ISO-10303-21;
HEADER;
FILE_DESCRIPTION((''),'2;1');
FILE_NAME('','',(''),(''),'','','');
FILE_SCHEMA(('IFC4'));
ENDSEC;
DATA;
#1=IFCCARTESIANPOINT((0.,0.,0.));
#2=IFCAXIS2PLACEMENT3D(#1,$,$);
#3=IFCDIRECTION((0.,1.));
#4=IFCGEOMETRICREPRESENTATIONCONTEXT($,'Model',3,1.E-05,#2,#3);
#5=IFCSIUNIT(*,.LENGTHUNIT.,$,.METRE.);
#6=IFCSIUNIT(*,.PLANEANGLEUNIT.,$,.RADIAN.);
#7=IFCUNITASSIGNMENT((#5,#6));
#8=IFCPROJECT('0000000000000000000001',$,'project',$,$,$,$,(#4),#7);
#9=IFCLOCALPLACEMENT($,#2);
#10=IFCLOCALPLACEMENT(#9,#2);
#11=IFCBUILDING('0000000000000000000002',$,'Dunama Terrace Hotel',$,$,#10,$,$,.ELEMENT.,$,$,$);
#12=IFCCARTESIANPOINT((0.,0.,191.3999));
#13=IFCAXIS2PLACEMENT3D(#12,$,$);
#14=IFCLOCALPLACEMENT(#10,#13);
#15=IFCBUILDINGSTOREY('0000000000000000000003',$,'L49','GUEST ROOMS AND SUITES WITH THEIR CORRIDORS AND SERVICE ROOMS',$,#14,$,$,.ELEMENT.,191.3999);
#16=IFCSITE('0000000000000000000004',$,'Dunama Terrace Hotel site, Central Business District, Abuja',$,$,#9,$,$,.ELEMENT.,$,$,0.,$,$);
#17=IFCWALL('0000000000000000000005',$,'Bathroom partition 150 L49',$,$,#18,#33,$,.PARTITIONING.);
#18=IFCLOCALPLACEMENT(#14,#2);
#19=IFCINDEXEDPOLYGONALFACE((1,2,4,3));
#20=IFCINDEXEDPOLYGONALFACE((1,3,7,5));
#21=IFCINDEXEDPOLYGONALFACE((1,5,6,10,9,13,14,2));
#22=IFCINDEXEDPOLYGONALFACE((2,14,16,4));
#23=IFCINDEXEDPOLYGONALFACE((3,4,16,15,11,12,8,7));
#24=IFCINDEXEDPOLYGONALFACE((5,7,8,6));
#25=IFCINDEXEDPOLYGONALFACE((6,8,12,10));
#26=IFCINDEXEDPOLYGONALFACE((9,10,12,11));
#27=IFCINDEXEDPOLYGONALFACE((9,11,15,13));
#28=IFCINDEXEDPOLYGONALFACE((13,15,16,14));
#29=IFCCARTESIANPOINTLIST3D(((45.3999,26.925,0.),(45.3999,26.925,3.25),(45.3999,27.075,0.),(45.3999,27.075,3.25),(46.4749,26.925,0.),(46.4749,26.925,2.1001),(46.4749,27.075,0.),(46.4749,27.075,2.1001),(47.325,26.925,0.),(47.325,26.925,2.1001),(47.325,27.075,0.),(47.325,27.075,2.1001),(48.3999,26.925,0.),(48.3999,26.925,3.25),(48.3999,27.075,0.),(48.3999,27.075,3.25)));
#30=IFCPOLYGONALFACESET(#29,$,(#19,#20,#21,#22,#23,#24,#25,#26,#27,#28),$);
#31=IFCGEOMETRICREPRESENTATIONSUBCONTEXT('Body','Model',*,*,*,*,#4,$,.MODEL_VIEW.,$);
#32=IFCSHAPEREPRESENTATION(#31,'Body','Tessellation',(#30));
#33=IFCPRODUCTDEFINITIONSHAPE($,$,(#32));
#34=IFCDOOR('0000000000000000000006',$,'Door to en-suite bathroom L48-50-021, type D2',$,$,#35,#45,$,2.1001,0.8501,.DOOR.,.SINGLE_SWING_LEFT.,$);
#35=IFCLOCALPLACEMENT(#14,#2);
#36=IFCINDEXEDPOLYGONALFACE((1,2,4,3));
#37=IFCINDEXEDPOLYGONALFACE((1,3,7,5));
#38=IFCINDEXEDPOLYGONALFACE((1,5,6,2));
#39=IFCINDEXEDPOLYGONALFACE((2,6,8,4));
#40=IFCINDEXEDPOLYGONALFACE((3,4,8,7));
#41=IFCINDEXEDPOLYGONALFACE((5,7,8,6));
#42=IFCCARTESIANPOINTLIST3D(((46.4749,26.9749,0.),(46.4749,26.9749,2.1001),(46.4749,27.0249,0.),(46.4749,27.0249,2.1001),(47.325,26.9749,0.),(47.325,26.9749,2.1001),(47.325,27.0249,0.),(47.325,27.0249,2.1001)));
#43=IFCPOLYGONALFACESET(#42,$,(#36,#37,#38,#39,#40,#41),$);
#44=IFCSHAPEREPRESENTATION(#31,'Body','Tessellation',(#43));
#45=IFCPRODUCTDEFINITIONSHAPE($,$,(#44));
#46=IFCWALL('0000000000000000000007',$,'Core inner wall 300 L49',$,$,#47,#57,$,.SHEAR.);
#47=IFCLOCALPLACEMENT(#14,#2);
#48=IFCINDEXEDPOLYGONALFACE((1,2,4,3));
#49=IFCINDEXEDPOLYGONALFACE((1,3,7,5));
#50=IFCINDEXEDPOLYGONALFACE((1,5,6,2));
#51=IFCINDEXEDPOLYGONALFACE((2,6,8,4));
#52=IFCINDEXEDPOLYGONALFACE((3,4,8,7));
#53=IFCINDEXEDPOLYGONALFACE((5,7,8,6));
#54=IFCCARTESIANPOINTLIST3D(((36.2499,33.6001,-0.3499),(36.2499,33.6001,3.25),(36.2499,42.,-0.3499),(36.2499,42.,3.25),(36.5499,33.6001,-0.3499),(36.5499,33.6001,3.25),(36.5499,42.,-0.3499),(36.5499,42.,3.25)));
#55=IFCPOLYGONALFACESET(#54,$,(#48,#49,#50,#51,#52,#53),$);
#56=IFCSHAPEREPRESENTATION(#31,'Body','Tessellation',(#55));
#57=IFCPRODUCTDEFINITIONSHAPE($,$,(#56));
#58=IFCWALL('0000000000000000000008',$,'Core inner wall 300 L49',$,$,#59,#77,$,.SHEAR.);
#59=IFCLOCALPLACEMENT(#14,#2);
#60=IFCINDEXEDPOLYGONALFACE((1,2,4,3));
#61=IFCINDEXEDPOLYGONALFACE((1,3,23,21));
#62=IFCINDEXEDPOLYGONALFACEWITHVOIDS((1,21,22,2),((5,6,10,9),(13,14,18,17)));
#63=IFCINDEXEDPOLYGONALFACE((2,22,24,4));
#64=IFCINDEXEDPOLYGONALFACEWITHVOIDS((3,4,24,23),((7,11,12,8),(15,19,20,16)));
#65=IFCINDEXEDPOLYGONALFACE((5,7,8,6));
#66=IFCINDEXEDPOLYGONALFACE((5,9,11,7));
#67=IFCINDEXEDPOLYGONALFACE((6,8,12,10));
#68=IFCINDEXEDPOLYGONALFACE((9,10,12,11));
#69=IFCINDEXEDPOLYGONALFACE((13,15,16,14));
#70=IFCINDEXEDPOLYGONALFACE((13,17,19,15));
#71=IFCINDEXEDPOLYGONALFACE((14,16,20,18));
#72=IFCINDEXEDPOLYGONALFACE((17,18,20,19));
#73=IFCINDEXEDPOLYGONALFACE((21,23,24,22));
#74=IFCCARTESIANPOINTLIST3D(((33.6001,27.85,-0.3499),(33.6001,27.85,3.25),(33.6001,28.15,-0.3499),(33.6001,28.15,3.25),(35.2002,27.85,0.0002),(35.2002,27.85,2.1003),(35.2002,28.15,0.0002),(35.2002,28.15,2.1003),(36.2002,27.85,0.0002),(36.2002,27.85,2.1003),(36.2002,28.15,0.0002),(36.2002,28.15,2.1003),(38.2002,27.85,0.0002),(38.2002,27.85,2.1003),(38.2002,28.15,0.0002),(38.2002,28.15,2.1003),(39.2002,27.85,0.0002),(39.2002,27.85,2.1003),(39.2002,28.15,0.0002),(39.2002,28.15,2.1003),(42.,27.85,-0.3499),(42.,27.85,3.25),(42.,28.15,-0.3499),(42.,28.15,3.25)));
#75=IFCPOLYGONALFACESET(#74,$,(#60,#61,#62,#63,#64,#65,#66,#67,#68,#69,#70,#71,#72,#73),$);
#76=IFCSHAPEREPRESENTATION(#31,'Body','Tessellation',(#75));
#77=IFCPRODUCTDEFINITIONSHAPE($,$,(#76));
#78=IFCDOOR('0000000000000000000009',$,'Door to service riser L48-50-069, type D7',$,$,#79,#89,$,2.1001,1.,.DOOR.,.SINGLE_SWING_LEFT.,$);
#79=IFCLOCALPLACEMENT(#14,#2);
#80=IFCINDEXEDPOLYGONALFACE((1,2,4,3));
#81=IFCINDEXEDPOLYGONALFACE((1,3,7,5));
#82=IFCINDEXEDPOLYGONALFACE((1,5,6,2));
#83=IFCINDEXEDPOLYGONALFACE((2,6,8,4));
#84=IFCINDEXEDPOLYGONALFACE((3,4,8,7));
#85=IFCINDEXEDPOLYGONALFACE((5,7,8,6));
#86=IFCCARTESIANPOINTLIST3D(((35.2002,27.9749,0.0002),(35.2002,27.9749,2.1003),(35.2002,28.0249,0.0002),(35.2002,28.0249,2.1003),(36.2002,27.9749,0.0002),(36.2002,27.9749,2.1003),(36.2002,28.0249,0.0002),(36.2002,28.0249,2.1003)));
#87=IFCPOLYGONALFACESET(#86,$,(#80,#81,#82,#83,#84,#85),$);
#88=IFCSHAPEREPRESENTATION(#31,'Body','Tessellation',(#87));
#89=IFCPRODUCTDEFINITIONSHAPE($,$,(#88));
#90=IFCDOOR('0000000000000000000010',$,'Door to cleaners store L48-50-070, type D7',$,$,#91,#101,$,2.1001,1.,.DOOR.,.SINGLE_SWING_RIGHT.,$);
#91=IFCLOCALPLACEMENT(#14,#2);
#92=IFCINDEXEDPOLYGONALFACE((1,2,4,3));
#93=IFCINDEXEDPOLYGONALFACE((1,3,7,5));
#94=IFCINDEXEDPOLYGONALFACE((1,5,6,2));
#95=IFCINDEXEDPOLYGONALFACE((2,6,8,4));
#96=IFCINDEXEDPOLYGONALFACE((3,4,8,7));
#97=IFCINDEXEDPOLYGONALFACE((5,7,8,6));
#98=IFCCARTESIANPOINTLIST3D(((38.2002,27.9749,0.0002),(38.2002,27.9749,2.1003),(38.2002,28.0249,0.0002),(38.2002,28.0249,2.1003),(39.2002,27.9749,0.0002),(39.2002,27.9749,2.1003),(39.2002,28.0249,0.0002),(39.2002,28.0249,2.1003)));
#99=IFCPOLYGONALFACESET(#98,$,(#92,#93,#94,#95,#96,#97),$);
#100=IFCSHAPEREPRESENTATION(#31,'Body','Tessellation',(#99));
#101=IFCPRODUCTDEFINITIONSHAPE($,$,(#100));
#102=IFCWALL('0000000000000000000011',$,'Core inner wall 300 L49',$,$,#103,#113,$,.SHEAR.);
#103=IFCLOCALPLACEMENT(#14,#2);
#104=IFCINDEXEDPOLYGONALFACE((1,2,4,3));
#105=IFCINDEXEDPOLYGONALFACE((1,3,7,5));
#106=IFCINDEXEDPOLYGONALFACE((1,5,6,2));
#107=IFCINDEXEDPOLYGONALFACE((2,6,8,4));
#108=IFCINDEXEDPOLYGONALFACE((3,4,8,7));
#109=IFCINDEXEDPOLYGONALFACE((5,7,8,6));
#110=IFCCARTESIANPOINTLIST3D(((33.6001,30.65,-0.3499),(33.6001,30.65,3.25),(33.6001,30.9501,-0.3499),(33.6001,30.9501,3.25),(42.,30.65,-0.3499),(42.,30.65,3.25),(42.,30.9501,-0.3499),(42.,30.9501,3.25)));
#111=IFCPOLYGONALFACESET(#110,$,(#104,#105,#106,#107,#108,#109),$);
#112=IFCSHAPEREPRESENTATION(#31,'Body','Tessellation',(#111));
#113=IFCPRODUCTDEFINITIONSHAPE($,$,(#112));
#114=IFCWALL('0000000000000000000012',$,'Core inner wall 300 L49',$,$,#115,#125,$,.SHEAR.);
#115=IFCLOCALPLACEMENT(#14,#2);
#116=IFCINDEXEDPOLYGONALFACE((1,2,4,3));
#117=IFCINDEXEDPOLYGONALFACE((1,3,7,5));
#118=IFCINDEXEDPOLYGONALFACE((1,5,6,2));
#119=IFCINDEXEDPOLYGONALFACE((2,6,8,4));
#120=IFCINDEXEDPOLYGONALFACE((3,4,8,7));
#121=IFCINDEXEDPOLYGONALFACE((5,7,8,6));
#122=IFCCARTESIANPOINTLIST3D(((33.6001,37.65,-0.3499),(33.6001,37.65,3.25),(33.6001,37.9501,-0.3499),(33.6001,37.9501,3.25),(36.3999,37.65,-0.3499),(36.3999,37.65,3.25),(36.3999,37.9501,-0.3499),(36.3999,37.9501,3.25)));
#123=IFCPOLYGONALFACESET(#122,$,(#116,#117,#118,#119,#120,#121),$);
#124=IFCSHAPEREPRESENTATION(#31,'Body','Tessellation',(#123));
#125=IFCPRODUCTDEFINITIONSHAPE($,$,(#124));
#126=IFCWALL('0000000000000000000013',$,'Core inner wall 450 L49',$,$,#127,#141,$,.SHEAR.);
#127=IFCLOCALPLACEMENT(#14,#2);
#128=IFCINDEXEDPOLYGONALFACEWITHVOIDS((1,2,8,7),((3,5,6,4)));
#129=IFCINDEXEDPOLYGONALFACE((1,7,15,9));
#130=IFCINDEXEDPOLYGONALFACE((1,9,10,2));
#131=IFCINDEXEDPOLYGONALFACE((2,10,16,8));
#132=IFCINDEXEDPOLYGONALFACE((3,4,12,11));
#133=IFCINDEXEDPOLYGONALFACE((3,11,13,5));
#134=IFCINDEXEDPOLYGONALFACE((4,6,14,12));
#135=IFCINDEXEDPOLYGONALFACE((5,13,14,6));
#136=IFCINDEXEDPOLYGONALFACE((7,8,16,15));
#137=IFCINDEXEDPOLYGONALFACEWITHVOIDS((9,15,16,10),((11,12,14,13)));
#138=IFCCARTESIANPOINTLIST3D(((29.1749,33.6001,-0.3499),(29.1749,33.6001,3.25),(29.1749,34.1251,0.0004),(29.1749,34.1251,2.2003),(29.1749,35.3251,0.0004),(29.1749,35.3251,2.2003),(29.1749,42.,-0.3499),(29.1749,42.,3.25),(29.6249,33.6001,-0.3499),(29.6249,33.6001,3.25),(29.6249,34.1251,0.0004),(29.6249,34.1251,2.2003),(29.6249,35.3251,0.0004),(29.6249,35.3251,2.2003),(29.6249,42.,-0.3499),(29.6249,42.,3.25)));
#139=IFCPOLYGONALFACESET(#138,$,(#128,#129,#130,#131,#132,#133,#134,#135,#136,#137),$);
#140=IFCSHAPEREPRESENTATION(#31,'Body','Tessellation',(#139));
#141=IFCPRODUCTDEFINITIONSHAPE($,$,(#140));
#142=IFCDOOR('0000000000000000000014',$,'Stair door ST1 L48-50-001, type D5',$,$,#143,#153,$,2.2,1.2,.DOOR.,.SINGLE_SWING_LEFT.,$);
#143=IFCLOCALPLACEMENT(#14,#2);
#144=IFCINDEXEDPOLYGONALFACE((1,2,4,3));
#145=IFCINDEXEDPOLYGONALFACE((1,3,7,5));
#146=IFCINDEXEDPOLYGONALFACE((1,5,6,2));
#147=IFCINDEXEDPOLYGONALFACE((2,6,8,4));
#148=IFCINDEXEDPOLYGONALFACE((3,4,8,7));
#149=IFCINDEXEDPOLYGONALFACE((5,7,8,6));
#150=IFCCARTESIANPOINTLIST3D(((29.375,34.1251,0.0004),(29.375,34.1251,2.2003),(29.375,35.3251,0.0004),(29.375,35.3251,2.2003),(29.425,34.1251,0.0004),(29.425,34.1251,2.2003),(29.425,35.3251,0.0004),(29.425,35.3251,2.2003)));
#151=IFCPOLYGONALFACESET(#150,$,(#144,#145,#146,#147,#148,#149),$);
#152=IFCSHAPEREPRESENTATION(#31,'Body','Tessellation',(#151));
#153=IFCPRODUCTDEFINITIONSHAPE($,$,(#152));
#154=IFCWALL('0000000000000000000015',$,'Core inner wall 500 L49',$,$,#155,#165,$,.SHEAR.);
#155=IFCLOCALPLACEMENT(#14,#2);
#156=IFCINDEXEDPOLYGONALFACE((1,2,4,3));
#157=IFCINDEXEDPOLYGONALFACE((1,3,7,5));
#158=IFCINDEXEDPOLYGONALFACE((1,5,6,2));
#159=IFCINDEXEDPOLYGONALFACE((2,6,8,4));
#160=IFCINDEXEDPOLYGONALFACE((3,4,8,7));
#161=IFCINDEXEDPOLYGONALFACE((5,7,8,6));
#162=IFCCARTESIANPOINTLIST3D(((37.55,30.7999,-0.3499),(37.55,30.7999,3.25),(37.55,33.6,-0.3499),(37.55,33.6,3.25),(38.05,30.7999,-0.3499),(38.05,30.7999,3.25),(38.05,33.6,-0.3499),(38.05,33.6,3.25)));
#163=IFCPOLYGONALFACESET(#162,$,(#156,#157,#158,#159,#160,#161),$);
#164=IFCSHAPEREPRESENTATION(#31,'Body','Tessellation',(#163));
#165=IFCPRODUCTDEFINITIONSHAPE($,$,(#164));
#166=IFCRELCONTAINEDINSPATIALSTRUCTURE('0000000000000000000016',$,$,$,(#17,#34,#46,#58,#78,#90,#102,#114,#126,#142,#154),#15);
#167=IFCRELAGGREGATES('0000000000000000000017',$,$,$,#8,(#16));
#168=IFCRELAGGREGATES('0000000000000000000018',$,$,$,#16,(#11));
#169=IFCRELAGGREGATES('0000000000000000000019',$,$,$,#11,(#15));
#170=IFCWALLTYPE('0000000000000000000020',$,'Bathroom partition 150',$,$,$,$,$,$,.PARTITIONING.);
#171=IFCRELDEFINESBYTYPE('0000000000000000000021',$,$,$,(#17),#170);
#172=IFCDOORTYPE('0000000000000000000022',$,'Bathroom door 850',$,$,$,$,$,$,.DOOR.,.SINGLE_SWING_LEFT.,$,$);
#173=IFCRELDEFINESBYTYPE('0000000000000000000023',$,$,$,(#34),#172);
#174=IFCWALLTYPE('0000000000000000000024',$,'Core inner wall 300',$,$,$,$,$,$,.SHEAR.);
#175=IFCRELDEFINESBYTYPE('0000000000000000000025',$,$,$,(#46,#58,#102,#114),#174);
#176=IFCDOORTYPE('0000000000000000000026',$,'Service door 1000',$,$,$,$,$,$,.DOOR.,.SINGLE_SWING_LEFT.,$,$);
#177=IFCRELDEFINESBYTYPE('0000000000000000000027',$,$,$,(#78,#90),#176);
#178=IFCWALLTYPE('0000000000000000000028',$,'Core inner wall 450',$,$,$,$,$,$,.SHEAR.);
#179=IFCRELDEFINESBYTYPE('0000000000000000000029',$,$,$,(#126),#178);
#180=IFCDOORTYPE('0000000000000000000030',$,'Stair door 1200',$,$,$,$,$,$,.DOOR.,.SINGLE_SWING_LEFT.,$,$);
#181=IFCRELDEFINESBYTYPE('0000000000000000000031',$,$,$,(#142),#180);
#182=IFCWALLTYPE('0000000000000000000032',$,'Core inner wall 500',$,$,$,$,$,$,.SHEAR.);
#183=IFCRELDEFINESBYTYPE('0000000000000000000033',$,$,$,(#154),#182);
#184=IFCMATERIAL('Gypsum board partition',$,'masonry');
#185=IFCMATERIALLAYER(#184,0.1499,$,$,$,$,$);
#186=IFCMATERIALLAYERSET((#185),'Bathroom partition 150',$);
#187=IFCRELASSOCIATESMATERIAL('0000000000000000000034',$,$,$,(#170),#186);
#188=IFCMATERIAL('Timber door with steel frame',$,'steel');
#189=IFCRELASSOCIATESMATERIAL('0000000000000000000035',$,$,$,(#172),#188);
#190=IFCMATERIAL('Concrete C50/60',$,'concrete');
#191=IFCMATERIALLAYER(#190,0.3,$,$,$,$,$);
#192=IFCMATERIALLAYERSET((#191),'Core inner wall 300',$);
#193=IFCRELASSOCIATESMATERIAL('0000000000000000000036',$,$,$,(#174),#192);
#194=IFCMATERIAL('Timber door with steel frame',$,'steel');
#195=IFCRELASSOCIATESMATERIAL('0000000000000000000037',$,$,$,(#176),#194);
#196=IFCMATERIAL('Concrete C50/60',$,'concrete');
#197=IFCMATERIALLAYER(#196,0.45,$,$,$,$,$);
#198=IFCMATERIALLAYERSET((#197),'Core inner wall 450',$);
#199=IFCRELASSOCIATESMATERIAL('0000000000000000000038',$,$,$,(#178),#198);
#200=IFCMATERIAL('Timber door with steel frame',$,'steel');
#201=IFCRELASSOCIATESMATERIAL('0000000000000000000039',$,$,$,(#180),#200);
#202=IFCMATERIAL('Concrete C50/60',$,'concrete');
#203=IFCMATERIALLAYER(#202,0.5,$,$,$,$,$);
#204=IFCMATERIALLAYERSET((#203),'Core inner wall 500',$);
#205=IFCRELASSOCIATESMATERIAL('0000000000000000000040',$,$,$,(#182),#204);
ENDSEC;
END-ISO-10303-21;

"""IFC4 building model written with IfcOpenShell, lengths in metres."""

from ifc_helpers import new_model, si_unit, direction, frame, frame_2d, origin, place, context, subcontext, project, spatial, rectangle, extrude, material, layer, layer_set, type_object, element, fill, save


model = new_model("IFC4")

# Units and contexts
model_context = context("Model", 3, precision=1e-05, world=origin(), true_north=direction((0.0, 1.0)))
body_context = subcontext(model_context, "Body", "Model", "MODEL_VIEW")
ifc_project = project(units=[si_unit("LENGTHUNIT", "METRE"), si_unit("PLANEANGLEUNIT", "RADIAN")], contexts=[model_context])

# Site, building, storey
site_placement = place(None, origin())
site = spatial("IfcSite", under=ifc_project, at=site_placement, Name="Dunama Terrace Hotel site, Central Business District, Abuja", CompositionType="ELEMENT", RefElevation=0.0)
building_placement = place(site_placement, origin())
building = spatial("IfcBuilding", under=site, at=building_placement, Name="Dunama Terrace Hotel", CompositionType="ELEMENT")
storey_placement = place(building_placement, frame((0.0, 0.0, 191.3999)))
storey = spatial("IfcBuildingStorey", under=building, at=storey_placement, Name="L49", Description="GUEST ROOMS AND SUITES WITH THEIR CORRIDORS AND SERVICE ROOMS", CompositionType="ELEMENT", Elevation=191.3999)

# Wall, opening, door
ifc_material_1 = material(Name="Gypsum board partition", Category="masonry")
ifc_layer_1 = layer(ifc_material_1, 0.1499)
ifc_layer_set_1 = layer_set([ifc_layer_1], Name="Bathroom partition 150")
wall_type_1 = type_object("IfcWallType", Name="Bathroom partition 150", PredefinedType="PARTITIONING", material=ifc_layer_set_1)
wall_1_placement = place(storey_placement, frame((45.3999, 27.0, 0.0), z_axis=(0.0, 0.0, 1.0), x_axis=(1.0, 0.0, 0.0)))
wall_1 = element("IfcWall", 1, at=wall_1_placement, inside=storey, type_object=wall_type_1, Name="Bathroom partition 150 L49", PredefinedType="PARTITIONING", context=body_context, shape_type="SweptSolid", body=[
    extrude(rectangle(XDim=3.0, YDim=0.1499, at=frame_2d((1.5, 0.0))), origin(), (0.0, 0.0, 1.0), 3.25),
])
opening_1_placement = place(wall_1_placement, frame((1.075, 0.0, 0.0)))
opening_1 = element("IfcOpeningElement", 2, at=opening_1_placement, cuts=wall_1, PredefinedType="OPENING", context=body_context, shape_type="SweptSolid", body=[
    extrude(rectangle(XDim=0.8501, YDim=2.1001, at=frame_2d((0.425, 1.05))), frame((0.0, 0.085, 0.0), z_axis=(0.0, -1.0, 0.0), x_axis=(1.0, 0.0, 0.0)), (0.0, 0.0, 1.0), 0.1699),
])
ifc_material_2 = material(Name="Timber door with steel frame", Category="steel")
door_type_1 = type_object("IfcDoorType", Name="Bathroom door 850", OperationType="SINGLE_SWING_LEFT", PredefinedType="DOOR", material=ifc_material_2)
door_1_placement = place(opening_1_placement, origin())
door_1 = element("IfcDoor", 3, at=door_1_placement, inside=storey, type_object=door_type_1, Name="Door to en-suite bathroom L48-50-021, type D2", OperationType="SINGLE_SWING_LEFT", OverallHeight=2.1001, OverallWidth=0.8501, PredefinedType="DOOR", context=body_context, shape_type="SweptSolid", body=[
    extrude(rectangle(XDim=0.8501, YDim=2.1001, at=frame_2d((0.425, 1.05))), frame((0.0, 0.0249, 0.0), z_axis=(0.0, -1.0, 0.0), x_axis=(1.0, 0.0, 0.0)), (0.0, 0.0, 1.0), 0.05),
])
fill(opening_1, door_1)

# Wall
ifc_material_3 = material(Name="Concrete C50/60", Category="concrete")
ifc_layer_2 = layer(ifc_material_3, 0.3)
ifc_layer_set_2 = layer_set([ifc_layer_2], Name="Core inner wall 300")
wall_type_2 = type_object("IfcWallType", Name="Core inner wall 300", PredefinedType="SHEAR", material=ifc_layer_set_2)
wall_2_placement = place(storey_placement, frame((36.3999, 33.6001, -0.3499), z_axis=(0.0, 0.0, 1.0), x_axis=(0.0, 1.0, 0.0)))
element("IfcWall", 4, at=wall_2_placement, inside=storey, type_object=wall_type_2, Name="Core inner wall 300 L49", PredefinedType="SHEAR", context=body_context, shape_type="SweptSolid", body=[
    extrude(rectangle(XDim=8.3999, YDim=0.3, at=frame_2d((4.2, 0.0))), origin(), (0.0, 0.0, 1.0), 3.5999),
])

# Wall, openings, doors
wall_3_placement = place(storey_placement, frame((33.6001, 28.0, -0.3499), z_axis=(0.0, 0.0, 1.0), x_axis=(1.0, 0.0, 0.0)))
wall_3 = element("IfcWall", 5, at=wall_3_placement, inside=storey, type_object=wall_type_2, Name="Core inner wall 300 L49", PredefinedType="SHEAR", context=body_context, shape_type="SweptSolid", body=[
    extrude(rectangle(XDim=8.3999, YDim=0.3, at=frame_2d((4.2, 0.0))), origin(), (0.0, 0.0, 1.0), 3.5999),
])
opening_2_placement = place(wall_3_placement, frame((1.6001, 0.0, 0.3501)))
opening_2 = element("IfcOpeningElement", 6, at=opening_2_placement, cuts=wall_3, PredefinedType="OPENING", context=body_context, shape_type="SweptSolid", body=[
    extrude(rectangle(XDim=1.0, YDim=2.1001, at=frame_2d((0.5, 1.05))), frame((0.0, 0.1599, 0.0), z_axis=(0.0, -1.0, 0.0), x_axis=(1.0, 0.0, 0.0)), (0.0, 0.0, 1.0), 0.3201),
])
opening_3_placement = place(wall_3_placement, frame((4.6001, 0.0, 0.3501)))
opening_3 = element("IfcOpeningElement", 7, at=opening_3_placement, cuts=wall_3, PredefinedType="OPENING", context=body_context, shape_type="SweptSolid", body=[
    extrude(rectangle(XDim=1.0, YDim=2.1001, at=frame_2d((0.5, 1.05))), frame((0.0, 0.1599, 0.0), z_axis=(0.0, -1.0, 0.0), x_axis=(1.0, 0.0, 0.0)), (0.0, 0.0, 1.0), 0.3201),
])
ifc_material_4 = material(Name="Timber door with steel frame", Category="steel")
door_type_2 = type_object("IfcDoorType", Name="Service door 1000", OperationType="SINGLE_SWING_LEFT", PredefinedType="DOOR", material=ifc_material_4)
door_2_placement = place(opening_2_placement, frame((1.0, 0.0, 0.0), z_axis=(0.0, 0.0, 1.0), x_axis=(-1.0, 0.0, 0.0)))
door_2 = element("IfcDoor", 8, at=door_2_placement, inside=storey, type_object=door_type_2, Name="Door to service riser L48-50-069, type D7", OperationType="SINGLE_SWING_LEFT", OverallHeight=2.1001, OverallWidth=1.0, PredefinedType="DOOR", context=body_context, shape_type="SweptSolid", body=[
    extrude(rectangle(XDim=1.0, YDim=2.1001, at=frame_2d((0.5, 1.05))), frame((0.0, 0.0251, 0.0), z_axis=(0.0, -1.0, 0.0), x_axis=(1.0, 0.0, 0.0)), (0.0, 0.0, 1.0), 0.05),
])
fill(opening_2, door_2)
door_3_placement = place(opening_3_placement, frame((1.0, 0.0, 0.0), z_axis=(0.0, 0.0, 1.0), x_axis=(-1.0, 0.0, 0.0)))
door_3 = element("IfcDoor", 9, at=door_3_placement, inside=storey, type_object=door_type_2, Name="Door to cleaners store L48-50-070, type D7", OperationType="SINGLE_SWING_RIGHT", OverallHeight=2.1001, OverallWidth=1.0, PredefinedType="DOOR", context=body_context, shape_type="SweptSolid", body=[
    extrude(rectangle(XDim=1.0, YDim=2.1001, at=frame_2d((0.5, 1.05))), frame((0.0, 0.0251, 0.0), z_axis=(0.0, -1.0, 0.0), x_axis=(1.0, 0.0, 0.0)), (0.0, 0.0, 1.0), 0.05),
])
fill(opening_3, door_3)

# Walls
wall_4_placement = place(storey_placement, frame((33.6001, 30.8, -0.3499), z_axis=(0.0, 0.0, 1.0), x_axis=(1.0, 0.0, 0.0)))
element("IfcWall", 10, at=wall_4_placement, inside=storey, type_object=wall_type_2, Name="Core inner wall 300 L49", PredefinedType="SHEAR", context=body_context, shape_type="SweptSolid", body=[
    extrude(rectangle(XDim=8.3999, YDim=0.3, at=frame_2d((4.2, 0.0))), origin(), (0.0, 0.0, 1.0), 3.5999),
])
wall_5_placement = place(storey_placement, frame((33.6001, 37.8, -0.3499), z_axis=(0.0, 0.0, 1.0), x_axis=(1.0, 0.0, 0.0)))
element("IfcWall", 11, at=wall_5_placement, inside=storey, type_object=wall_type_2, Name="Core inner wall 300 L49", PredefinedType="SHEAR", context=body_context, shape_type="SweptSolid", body=[
    extrude(rectangle(XDim=2.7998, YDim=0.3, at=frame_2d((1.3999, 0.0))), origin(), (0.0, 0.0, 1.0), 3.5999),
])

# Wall, opening, door
ifc_material_5 = material(Name="Concrete C50/60", Category="concrete")
ifc_layer_3 = layer(ifc_material_5, 0.45)
ifc_layer_set_3 = layer_set([ifc_layer_3], Name="Core inner wall 450")
wall_type_3 = type_object("IfcWallType", Name="Core inner wall 450", PredefinedType="SHEAR", material=ifc_layer_set_3)
wall_6_placement = place(storey_placement, frame((29.3999, 33.6001, -0.3499), z_axis=(0.0, 0.0, 1.0), x_axis=(0.0, 1.0, 0.0)))
wall_6 = element("IfcWall", 12, at=wall_6_placement, inside=storey, type_object=wall_type_3, Name="Core inner wall 450 L49", PredefinedType="SHEAR", context=body_context, shape_type="SweptSolid", body=[
    extrude(rectangle(XDim=8.3999, YDim=0.45, at=frame_2d((4.2, 0.0))), origin(), (0.0, 0.0, 1.0), 3.5999),
])
opening_4_placement = place(wall_6_placement, frame((0.5249, 0.0, 0.3501)))
opening_4 = element("IfcOpeningElement", 13, at=opening_4_placement, cuts=wall_6, PredefinedType="OPENING", context=body_context, shape_type="SweptSolid", body=[
    extrude(rectangle(XDim=1.2, YDim=2.2, at=frame_2d((0.6001, 1.1001))), frame((0.0, 0.2349, 0.0), z_axis=(0.0, -1.0, 0.0), x_axis=(1.0, 0.0, 0.0)), (0.0, 0.0, 1.0), 0.47),
])
ifc_material_6 = material(Name="Timber door with steel frame", Category="steel")
door_type_3 = type_object("IfcDoorType", Name="Stair door 1200", OperationType="SINGLE_SWING_LEFT", PredefinedType="DOOR", material=ifc_material_6)
door_4_placement = place(opening_4_placement, origin())
door_4 = element("IfcDoor", 14, at=door_4_placement, inside=storey, type_object=door_type_3, Name="Stair door ST1 L48-50-001, type D5", OperationType="SINGLE_SWING_LEFT", OverallHeight=2.2, OverallWidth=1.2, PredefinedType="DOOR", context=body_context, shape_type="SweptSolid", body=[
    extrude(rectangle(XDim=1.2, YDim=2.2, at=frame_2d((0.6001, 1.1001))), frame((0.0, 0.0249, 0.0), z_axis=(0.0, -1.0, 0.0), x_axis=(1.0, 0.0, 0.0)), (0.0, 0.0, 1.0), 0.05),
])
fill(opening_4, door_4)

# Wall
ifc_material_7 = material(Name="Concrete C50/60", Category="concrete")
ifc_layer_4 = layer(ifc_material_7, 0.5)
ifc_layer_set_4 = layer_set([ifc_layer_4], Name="Core inner wall 500")
wall_type_4 = type_object("IfcWallType", Name="Core inner wall 500", PredefinedType="SHEAR", material=ifc_layer_set_4)
wall_7_placement = place(storey_placement, frame((37.8, 30.8, -0.3499), z_axis=(0.0, 0.0, 1.0), x_axis=(0.0, 1.0, 0.0)))
element("IfcWall", 15, at=wall_7_placement, inside=storey, type_object=wall_type_4, Name="Core inner wall 500 L49", PredefinedType="SHEAR", context=body_context, shape_type="SweptSolid", body=[
    extrude(rectangle(XDim=2.8, YDim=0.5, at=frame_2d((1.3999, 0.0))), origin(), (0.0, 0.0, 1.0), 3.5999),
])

save(model, "model.ifc")
